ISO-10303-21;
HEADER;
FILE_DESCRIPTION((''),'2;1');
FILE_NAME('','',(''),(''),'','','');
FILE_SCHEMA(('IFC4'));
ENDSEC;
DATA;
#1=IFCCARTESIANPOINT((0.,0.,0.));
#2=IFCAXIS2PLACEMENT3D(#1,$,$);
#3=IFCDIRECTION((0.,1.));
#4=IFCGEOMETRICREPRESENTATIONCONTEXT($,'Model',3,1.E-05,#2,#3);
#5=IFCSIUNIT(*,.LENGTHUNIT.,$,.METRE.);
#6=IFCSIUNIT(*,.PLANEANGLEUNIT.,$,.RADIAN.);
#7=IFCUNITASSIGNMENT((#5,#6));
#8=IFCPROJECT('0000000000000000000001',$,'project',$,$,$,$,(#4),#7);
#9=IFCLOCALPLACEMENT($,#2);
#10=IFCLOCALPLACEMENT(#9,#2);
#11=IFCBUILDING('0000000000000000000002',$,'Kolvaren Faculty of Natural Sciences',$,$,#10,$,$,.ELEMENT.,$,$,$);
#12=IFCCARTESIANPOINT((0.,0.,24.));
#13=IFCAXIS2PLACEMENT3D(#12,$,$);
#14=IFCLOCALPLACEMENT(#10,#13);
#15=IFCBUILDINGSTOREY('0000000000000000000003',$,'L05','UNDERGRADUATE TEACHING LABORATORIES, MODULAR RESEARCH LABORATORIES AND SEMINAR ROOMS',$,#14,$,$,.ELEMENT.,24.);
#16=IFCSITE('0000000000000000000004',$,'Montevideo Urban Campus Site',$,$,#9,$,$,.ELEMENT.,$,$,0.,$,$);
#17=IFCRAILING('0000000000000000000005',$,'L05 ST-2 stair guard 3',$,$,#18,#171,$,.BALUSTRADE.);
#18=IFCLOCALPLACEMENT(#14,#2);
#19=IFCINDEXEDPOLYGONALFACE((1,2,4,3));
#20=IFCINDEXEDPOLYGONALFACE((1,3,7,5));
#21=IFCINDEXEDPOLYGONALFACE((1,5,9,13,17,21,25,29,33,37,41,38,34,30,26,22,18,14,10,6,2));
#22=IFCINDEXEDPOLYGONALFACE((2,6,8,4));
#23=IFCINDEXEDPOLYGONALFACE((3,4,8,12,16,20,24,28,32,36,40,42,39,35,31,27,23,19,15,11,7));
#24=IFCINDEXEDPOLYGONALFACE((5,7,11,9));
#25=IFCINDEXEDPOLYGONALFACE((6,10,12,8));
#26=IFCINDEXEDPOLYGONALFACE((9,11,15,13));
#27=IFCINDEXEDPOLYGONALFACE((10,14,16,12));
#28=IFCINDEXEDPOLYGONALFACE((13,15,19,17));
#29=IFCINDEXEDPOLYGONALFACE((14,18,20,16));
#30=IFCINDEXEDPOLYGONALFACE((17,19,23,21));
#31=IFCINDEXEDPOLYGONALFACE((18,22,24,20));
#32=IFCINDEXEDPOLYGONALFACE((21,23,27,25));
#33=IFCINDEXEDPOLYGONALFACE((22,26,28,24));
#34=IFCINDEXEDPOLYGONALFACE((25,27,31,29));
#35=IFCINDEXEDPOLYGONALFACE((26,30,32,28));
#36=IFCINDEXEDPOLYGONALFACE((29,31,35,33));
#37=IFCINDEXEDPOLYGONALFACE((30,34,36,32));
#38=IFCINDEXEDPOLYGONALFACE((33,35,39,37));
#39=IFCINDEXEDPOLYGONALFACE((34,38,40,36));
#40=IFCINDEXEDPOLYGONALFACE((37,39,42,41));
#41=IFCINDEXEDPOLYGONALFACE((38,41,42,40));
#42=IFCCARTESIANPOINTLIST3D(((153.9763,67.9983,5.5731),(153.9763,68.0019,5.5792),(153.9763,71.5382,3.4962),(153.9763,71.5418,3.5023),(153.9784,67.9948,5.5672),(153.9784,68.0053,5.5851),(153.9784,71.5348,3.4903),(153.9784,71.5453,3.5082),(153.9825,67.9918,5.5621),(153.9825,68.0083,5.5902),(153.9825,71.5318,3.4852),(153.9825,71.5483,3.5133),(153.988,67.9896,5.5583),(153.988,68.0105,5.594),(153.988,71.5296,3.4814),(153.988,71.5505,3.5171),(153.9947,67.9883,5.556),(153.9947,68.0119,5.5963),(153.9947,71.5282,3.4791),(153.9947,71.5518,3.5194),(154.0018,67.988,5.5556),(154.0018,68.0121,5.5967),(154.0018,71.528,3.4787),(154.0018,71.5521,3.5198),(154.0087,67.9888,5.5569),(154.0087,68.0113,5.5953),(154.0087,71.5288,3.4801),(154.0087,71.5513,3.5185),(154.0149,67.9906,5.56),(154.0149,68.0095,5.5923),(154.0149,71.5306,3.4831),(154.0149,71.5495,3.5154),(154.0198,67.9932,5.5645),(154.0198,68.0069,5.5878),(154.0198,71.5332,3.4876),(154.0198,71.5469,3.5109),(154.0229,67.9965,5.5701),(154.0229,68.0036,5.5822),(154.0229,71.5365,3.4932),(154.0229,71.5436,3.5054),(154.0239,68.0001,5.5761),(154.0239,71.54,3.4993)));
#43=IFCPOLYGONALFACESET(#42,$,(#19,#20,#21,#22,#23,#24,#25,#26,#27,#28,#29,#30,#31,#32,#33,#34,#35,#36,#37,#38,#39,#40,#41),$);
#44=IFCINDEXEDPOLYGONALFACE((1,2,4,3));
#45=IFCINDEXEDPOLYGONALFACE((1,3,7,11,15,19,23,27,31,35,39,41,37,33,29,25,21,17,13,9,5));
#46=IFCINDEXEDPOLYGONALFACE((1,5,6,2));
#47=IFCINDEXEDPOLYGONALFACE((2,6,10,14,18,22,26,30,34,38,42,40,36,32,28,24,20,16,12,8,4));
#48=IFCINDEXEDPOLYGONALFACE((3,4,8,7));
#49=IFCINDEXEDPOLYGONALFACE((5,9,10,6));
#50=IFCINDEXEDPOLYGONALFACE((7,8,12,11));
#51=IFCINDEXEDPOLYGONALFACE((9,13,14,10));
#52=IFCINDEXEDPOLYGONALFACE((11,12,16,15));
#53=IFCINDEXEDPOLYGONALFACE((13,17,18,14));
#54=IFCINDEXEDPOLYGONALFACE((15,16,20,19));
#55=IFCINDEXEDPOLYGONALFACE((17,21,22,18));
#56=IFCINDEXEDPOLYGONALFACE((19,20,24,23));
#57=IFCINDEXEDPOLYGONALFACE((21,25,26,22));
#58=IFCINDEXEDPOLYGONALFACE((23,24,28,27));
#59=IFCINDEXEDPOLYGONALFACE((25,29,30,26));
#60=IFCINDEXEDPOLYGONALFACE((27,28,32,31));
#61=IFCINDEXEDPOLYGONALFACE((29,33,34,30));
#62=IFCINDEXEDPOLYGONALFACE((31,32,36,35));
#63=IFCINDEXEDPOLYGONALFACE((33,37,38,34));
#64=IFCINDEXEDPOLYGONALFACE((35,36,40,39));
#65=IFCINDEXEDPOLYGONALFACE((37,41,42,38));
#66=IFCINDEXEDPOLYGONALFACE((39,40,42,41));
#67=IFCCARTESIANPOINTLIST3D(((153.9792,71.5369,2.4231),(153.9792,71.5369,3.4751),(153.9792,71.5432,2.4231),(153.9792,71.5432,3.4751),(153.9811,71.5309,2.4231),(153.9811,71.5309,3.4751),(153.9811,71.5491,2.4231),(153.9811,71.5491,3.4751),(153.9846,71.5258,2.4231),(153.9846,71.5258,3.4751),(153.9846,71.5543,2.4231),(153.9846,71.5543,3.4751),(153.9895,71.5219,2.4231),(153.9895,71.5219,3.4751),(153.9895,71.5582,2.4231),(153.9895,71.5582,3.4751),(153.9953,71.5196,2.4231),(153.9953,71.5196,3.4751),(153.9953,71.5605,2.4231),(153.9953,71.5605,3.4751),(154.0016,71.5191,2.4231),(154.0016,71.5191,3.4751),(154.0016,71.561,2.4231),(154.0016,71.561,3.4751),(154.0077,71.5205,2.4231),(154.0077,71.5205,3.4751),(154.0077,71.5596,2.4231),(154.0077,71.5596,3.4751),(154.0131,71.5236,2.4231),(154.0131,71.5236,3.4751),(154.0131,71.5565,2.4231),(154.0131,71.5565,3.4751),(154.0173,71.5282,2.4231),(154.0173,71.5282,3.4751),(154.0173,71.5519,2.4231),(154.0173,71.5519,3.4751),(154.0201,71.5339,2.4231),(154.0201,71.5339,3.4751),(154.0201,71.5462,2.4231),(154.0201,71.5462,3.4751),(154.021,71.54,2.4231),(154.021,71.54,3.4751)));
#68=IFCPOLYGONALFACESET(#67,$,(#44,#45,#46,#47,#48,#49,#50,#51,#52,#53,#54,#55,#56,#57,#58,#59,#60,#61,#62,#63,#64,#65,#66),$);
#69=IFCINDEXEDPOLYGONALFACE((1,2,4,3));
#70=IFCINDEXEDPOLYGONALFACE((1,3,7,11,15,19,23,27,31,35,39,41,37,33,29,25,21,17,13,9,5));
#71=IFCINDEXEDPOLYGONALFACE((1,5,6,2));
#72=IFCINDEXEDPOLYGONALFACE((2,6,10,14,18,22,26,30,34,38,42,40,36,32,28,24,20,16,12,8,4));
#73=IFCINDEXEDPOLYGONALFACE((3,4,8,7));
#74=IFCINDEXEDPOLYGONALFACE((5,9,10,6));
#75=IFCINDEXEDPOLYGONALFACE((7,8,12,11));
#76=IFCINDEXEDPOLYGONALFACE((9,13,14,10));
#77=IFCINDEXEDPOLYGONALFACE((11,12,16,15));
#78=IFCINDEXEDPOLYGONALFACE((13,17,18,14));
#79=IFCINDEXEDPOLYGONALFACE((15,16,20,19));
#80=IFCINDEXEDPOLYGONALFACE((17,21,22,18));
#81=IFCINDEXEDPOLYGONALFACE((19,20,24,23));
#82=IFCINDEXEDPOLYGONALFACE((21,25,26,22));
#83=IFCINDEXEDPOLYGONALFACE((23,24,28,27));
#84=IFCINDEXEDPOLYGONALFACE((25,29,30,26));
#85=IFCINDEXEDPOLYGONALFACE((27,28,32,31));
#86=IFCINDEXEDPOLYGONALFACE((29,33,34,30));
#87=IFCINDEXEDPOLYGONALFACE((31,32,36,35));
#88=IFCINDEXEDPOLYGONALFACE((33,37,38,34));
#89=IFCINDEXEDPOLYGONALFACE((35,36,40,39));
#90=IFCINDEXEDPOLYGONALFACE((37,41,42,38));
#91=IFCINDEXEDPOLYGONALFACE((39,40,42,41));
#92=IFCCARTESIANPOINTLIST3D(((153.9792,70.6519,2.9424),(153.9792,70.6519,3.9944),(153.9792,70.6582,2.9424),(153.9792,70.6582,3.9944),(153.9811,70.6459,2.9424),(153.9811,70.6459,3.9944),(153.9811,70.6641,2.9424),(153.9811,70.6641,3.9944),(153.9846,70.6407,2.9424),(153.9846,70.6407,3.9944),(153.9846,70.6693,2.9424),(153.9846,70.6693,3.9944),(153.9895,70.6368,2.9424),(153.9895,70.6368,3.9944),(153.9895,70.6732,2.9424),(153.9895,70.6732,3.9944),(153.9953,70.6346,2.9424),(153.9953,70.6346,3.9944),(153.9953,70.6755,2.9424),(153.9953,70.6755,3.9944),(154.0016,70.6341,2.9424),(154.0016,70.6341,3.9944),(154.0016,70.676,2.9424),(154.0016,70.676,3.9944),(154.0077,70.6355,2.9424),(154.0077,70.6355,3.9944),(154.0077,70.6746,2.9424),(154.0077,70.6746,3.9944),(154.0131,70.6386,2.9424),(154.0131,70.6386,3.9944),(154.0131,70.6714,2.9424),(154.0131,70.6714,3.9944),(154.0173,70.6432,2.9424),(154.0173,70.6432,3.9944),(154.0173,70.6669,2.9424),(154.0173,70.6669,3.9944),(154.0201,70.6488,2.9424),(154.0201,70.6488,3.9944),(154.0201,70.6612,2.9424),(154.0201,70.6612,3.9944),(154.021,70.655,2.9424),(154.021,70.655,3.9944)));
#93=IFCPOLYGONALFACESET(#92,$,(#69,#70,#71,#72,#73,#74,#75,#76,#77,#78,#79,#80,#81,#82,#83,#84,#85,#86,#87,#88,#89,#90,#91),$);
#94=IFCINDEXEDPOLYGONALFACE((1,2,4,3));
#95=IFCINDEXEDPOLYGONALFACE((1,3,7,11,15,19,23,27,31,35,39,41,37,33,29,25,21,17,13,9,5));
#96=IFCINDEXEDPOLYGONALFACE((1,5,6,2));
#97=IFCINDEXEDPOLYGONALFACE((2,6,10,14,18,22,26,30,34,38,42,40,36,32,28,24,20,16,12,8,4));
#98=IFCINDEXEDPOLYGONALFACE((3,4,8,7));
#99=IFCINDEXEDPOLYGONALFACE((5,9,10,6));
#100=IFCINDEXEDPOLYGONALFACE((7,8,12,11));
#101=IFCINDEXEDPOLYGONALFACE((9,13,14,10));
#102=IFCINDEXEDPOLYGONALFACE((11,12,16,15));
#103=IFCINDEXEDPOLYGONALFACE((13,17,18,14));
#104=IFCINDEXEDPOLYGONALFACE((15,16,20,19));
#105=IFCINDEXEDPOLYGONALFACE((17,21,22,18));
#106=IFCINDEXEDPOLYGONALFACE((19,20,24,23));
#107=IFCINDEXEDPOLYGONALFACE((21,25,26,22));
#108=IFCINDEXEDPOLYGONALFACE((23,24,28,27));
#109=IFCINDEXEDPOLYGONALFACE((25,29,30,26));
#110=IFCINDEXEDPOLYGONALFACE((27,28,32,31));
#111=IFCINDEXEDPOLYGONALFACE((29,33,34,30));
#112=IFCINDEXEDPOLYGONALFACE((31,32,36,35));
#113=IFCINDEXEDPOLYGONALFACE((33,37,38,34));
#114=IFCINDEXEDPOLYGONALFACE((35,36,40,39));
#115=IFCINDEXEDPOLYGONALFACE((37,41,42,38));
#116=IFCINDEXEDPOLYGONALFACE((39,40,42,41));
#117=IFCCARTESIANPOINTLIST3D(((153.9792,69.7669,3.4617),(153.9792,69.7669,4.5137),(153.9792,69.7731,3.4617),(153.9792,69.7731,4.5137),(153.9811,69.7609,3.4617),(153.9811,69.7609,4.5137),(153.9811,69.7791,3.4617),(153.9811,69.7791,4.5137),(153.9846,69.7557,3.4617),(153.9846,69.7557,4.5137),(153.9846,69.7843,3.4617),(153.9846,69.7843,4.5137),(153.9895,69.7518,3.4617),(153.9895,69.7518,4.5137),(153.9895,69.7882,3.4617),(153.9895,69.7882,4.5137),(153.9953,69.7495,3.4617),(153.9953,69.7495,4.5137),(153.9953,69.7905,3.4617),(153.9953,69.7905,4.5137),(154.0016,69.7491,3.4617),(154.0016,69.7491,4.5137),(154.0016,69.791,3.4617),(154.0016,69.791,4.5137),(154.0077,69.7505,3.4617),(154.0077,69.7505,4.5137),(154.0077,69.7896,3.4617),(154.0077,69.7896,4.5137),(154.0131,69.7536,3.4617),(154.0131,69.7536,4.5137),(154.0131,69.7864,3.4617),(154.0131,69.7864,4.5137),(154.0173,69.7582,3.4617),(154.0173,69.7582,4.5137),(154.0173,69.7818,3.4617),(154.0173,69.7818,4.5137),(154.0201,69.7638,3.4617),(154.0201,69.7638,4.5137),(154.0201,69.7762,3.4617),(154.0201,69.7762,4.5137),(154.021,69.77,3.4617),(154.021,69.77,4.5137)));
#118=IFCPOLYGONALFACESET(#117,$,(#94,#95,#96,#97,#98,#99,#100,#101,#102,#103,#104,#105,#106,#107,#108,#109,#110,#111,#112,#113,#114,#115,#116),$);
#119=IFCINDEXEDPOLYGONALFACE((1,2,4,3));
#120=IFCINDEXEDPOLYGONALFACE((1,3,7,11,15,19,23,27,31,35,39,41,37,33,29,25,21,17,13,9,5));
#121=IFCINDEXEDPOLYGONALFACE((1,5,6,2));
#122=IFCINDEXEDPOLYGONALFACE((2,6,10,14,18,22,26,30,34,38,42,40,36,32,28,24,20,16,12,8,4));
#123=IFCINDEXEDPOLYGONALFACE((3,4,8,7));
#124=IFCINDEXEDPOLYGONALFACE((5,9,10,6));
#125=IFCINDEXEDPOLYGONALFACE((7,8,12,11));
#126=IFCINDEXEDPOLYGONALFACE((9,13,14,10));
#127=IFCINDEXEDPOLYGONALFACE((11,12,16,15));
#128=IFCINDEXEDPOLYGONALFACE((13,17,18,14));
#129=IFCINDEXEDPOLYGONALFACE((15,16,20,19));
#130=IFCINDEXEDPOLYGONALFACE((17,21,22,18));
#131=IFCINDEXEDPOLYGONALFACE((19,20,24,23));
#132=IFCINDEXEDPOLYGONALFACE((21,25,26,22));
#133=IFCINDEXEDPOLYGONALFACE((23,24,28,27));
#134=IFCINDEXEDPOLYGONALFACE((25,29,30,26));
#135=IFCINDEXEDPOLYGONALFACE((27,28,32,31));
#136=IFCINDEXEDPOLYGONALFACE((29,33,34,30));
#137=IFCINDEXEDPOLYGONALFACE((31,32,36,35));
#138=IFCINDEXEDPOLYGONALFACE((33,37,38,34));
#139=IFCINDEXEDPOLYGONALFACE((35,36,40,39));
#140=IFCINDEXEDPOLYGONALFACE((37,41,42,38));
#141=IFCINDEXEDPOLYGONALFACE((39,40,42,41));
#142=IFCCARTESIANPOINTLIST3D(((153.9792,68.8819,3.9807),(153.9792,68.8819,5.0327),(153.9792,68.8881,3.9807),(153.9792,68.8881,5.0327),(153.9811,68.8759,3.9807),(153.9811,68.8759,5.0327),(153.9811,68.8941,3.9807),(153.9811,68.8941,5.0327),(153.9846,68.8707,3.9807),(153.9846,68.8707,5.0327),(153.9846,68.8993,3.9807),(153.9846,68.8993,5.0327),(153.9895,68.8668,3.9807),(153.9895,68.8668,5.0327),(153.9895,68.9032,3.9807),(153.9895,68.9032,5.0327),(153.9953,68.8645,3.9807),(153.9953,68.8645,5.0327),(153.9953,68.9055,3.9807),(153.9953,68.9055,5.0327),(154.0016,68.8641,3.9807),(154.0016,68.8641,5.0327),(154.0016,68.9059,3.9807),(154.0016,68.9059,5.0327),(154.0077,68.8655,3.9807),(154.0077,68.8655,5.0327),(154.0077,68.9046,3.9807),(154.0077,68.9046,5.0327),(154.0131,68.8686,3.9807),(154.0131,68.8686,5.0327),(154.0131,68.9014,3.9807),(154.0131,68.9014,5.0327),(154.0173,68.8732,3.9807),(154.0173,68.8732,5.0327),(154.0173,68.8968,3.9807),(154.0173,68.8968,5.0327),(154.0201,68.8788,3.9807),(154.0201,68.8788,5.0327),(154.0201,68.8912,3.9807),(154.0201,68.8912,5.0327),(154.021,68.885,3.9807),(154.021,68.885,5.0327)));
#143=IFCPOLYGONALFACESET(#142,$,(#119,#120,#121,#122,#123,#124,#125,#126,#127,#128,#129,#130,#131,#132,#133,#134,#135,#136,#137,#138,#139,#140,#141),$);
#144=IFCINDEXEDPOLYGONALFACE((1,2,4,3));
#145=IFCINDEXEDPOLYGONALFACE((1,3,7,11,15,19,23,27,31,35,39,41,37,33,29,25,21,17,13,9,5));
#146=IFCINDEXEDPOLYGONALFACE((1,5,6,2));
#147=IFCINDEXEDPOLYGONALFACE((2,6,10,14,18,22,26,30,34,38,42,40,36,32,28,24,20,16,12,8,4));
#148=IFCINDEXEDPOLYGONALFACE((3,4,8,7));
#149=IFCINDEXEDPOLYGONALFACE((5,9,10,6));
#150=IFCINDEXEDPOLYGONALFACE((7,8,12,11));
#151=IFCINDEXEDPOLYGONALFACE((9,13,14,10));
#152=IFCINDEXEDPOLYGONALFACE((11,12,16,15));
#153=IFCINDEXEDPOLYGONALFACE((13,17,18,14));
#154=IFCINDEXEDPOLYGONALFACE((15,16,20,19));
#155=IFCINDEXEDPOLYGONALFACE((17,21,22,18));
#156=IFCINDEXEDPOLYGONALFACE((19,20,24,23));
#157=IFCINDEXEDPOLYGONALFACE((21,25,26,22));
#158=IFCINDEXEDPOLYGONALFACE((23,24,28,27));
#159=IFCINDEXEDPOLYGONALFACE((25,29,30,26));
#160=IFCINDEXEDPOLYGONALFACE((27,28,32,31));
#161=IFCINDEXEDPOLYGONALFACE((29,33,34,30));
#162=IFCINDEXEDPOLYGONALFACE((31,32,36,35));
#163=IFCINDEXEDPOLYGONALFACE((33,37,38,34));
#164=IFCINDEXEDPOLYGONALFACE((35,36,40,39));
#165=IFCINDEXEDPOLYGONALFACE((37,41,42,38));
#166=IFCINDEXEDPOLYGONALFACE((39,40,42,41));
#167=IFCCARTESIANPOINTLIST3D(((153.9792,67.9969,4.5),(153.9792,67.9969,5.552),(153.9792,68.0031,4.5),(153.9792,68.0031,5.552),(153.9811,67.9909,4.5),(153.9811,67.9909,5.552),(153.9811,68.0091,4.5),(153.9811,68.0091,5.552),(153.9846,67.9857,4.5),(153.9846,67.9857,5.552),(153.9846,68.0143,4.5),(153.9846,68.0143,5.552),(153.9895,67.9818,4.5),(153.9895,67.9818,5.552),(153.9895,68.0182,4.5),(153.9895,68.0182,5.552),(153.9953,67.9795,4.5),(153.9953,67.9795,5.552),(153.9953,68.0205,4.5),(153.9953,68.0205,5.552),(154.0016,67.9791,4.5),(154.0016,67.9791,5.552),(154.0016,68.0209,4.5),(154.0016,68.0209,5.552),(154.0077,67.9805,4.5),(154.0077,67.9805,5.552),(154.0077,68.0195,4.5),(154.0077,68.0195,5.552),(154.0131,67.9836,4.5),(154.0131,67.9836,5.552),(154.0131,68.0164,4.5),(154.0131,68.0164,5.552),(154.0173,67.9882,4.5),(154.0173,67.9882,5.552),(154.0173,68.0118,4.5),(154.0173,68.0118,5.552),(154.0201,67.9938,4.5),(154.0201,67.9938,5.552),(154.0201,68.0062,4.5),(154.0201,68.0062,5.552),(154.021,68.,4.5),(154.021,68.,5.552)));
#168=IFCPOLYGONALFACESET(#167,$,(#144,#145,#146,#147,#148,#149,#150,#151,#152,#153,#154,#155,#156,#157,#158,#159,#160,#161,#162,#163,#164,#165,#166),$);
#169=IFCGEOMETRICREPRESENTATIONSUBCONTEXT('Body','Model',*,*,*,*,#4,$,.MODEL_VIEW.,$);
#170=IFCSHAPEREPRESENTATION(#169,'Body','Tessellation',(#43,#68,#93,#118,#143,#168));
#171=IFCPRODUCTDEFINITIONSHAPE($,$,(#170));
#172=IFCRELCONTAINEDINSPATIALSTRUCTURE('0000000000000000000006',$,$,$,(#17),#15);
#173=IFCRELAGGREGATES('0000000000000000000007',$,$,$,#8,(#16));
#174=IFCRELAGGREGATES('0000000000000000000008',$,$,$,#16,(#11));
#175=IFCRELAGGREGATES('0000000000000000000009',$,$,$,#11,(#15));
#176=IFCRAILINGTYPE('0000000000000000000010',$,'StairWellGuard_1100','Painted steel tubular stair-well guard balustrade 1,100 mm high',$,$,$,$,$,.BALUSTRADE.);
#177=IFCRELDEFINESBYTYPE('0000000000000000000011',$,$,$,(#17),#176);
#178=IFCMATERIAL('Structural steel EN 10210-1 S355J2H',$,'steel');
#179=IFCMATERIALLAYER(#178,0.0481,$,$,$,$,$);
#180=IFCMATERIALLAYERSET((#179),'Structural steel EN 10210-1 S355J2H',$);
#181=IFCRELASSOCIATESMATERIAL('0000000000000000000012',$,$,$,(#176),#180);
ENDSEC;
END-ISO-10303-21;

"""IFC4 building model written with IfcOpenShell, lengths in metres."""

from ifc_helpers import new_model, si_unit, direction, frame, origin, origin_2d, place, context, subcontext, project, spatial, circle, extrude, material, layer, layer_set, type_object, element, save


model = new_model("IFC4")

# Units and contexts
model_context = context("Model", 3, precision=1e-05, world=origin(), true_north=direction((0.0, 1.0)))
body_context = subcontext(model_context, "Body", "Model", "MODEL_VIEW")
ifc_project = project(units=[si_unit("LENGTHUNIT", "METRE"), si_unit("PLANEANGLEUNIT", "RADIAN")], contexts=[model_context])

# Site, building, storey
site_placement = place(None, origin())
site = spatial("IfcSite", under=ifc_project, at=site_placement, Name="Montevideo Urban Campus Site", CompositionType="ELEMENT", RefElevation=0.0)
building_placement = place(site_placement, origin())
building = spatial("IfcBuilding", under=site, at=building_placement, Name="Kolvaren Faculty of Natural Sciences", CompositionType="ELEMENT")
storey_placement = place(building_placement, frame((0.0, 0.0, 24.0)))
storey = spatial("IfcBuildingStorey", under=building, at=storey_placement, Name="L05", Description="UNDERGRADUATE TEACHING LABORATORIES, MODULAR RESEARCH LABORATORIES AND SEMINAR ROOMS", CompositionType="ELEMENT", Elevation=24.0)

# Railing
ifc_material_1 = material(Name="Structural steel EN 10210-1 S355J2H", Category="steel")
ifc_layer_1 = layer(ifc_material_1, 0.0481)
ifc_layer_set_1 = layer_set([ifc_layer_1], Name="Structural steel EN 10210-1 S355J2H")
railing_type_1 = type_object("IfcRailingType", Name="StairWellGuard_1100", Description="Painted steel tubular stair-well guard balustrade 1,100 mm high", PredefinedType="BALUSTRADE", material=ifc_layer_set_1)
railing_1_placement = place(storey_placement, frame((154.0, 71.54, 2.4231)))
element("IfcRailing", 1, at=railing_1_placement, inside=storey, type_object=railing_type_1, Name="L05 ST-2 stair guard 3", PredefinedType="BALUSTRADE", context=body_context, shape_type="SweptSolid", body=[
    extrude(circle(Radius=0.0239, at=origin_2d()), frame((0.0, 0.0, 1.0762), z_axis=(0.0, -0.862516, 0.506029), x_axis=(1.0, 0.0, 0.0)), (0.0, 0.0, 1.0), 4.1042),
    extrude(circle(Radius=0.021, at=origin_2d()), origin(), (0.0, 0.0, 1.0), 1.052),
    extrude(circle(Radius=0.021, at=origin_2d()), frame((0.0, -0.885, 0.5193)), (0.0, 0.0, 1.0), 1.052),
    extrude(circle(Radius=0.021, at=origin_2d()), frame((0.0, -1.77, 1.0386)), (0.0, 0.0, 1.0), 1.052),
    extrude(circle(Radius=0.021, at=origin_2d()), frame((0.0, -2.655, 1.5576)), (0.0, 0.0, 1.0), 1.052),
    extrude(circle(Radius=0.021, at=origin_2d()), frame((0.0, -3.54, 2.0769)), (0.0, 0.0, 1.0), 1.052),
])

save(model, "model.ifc")
